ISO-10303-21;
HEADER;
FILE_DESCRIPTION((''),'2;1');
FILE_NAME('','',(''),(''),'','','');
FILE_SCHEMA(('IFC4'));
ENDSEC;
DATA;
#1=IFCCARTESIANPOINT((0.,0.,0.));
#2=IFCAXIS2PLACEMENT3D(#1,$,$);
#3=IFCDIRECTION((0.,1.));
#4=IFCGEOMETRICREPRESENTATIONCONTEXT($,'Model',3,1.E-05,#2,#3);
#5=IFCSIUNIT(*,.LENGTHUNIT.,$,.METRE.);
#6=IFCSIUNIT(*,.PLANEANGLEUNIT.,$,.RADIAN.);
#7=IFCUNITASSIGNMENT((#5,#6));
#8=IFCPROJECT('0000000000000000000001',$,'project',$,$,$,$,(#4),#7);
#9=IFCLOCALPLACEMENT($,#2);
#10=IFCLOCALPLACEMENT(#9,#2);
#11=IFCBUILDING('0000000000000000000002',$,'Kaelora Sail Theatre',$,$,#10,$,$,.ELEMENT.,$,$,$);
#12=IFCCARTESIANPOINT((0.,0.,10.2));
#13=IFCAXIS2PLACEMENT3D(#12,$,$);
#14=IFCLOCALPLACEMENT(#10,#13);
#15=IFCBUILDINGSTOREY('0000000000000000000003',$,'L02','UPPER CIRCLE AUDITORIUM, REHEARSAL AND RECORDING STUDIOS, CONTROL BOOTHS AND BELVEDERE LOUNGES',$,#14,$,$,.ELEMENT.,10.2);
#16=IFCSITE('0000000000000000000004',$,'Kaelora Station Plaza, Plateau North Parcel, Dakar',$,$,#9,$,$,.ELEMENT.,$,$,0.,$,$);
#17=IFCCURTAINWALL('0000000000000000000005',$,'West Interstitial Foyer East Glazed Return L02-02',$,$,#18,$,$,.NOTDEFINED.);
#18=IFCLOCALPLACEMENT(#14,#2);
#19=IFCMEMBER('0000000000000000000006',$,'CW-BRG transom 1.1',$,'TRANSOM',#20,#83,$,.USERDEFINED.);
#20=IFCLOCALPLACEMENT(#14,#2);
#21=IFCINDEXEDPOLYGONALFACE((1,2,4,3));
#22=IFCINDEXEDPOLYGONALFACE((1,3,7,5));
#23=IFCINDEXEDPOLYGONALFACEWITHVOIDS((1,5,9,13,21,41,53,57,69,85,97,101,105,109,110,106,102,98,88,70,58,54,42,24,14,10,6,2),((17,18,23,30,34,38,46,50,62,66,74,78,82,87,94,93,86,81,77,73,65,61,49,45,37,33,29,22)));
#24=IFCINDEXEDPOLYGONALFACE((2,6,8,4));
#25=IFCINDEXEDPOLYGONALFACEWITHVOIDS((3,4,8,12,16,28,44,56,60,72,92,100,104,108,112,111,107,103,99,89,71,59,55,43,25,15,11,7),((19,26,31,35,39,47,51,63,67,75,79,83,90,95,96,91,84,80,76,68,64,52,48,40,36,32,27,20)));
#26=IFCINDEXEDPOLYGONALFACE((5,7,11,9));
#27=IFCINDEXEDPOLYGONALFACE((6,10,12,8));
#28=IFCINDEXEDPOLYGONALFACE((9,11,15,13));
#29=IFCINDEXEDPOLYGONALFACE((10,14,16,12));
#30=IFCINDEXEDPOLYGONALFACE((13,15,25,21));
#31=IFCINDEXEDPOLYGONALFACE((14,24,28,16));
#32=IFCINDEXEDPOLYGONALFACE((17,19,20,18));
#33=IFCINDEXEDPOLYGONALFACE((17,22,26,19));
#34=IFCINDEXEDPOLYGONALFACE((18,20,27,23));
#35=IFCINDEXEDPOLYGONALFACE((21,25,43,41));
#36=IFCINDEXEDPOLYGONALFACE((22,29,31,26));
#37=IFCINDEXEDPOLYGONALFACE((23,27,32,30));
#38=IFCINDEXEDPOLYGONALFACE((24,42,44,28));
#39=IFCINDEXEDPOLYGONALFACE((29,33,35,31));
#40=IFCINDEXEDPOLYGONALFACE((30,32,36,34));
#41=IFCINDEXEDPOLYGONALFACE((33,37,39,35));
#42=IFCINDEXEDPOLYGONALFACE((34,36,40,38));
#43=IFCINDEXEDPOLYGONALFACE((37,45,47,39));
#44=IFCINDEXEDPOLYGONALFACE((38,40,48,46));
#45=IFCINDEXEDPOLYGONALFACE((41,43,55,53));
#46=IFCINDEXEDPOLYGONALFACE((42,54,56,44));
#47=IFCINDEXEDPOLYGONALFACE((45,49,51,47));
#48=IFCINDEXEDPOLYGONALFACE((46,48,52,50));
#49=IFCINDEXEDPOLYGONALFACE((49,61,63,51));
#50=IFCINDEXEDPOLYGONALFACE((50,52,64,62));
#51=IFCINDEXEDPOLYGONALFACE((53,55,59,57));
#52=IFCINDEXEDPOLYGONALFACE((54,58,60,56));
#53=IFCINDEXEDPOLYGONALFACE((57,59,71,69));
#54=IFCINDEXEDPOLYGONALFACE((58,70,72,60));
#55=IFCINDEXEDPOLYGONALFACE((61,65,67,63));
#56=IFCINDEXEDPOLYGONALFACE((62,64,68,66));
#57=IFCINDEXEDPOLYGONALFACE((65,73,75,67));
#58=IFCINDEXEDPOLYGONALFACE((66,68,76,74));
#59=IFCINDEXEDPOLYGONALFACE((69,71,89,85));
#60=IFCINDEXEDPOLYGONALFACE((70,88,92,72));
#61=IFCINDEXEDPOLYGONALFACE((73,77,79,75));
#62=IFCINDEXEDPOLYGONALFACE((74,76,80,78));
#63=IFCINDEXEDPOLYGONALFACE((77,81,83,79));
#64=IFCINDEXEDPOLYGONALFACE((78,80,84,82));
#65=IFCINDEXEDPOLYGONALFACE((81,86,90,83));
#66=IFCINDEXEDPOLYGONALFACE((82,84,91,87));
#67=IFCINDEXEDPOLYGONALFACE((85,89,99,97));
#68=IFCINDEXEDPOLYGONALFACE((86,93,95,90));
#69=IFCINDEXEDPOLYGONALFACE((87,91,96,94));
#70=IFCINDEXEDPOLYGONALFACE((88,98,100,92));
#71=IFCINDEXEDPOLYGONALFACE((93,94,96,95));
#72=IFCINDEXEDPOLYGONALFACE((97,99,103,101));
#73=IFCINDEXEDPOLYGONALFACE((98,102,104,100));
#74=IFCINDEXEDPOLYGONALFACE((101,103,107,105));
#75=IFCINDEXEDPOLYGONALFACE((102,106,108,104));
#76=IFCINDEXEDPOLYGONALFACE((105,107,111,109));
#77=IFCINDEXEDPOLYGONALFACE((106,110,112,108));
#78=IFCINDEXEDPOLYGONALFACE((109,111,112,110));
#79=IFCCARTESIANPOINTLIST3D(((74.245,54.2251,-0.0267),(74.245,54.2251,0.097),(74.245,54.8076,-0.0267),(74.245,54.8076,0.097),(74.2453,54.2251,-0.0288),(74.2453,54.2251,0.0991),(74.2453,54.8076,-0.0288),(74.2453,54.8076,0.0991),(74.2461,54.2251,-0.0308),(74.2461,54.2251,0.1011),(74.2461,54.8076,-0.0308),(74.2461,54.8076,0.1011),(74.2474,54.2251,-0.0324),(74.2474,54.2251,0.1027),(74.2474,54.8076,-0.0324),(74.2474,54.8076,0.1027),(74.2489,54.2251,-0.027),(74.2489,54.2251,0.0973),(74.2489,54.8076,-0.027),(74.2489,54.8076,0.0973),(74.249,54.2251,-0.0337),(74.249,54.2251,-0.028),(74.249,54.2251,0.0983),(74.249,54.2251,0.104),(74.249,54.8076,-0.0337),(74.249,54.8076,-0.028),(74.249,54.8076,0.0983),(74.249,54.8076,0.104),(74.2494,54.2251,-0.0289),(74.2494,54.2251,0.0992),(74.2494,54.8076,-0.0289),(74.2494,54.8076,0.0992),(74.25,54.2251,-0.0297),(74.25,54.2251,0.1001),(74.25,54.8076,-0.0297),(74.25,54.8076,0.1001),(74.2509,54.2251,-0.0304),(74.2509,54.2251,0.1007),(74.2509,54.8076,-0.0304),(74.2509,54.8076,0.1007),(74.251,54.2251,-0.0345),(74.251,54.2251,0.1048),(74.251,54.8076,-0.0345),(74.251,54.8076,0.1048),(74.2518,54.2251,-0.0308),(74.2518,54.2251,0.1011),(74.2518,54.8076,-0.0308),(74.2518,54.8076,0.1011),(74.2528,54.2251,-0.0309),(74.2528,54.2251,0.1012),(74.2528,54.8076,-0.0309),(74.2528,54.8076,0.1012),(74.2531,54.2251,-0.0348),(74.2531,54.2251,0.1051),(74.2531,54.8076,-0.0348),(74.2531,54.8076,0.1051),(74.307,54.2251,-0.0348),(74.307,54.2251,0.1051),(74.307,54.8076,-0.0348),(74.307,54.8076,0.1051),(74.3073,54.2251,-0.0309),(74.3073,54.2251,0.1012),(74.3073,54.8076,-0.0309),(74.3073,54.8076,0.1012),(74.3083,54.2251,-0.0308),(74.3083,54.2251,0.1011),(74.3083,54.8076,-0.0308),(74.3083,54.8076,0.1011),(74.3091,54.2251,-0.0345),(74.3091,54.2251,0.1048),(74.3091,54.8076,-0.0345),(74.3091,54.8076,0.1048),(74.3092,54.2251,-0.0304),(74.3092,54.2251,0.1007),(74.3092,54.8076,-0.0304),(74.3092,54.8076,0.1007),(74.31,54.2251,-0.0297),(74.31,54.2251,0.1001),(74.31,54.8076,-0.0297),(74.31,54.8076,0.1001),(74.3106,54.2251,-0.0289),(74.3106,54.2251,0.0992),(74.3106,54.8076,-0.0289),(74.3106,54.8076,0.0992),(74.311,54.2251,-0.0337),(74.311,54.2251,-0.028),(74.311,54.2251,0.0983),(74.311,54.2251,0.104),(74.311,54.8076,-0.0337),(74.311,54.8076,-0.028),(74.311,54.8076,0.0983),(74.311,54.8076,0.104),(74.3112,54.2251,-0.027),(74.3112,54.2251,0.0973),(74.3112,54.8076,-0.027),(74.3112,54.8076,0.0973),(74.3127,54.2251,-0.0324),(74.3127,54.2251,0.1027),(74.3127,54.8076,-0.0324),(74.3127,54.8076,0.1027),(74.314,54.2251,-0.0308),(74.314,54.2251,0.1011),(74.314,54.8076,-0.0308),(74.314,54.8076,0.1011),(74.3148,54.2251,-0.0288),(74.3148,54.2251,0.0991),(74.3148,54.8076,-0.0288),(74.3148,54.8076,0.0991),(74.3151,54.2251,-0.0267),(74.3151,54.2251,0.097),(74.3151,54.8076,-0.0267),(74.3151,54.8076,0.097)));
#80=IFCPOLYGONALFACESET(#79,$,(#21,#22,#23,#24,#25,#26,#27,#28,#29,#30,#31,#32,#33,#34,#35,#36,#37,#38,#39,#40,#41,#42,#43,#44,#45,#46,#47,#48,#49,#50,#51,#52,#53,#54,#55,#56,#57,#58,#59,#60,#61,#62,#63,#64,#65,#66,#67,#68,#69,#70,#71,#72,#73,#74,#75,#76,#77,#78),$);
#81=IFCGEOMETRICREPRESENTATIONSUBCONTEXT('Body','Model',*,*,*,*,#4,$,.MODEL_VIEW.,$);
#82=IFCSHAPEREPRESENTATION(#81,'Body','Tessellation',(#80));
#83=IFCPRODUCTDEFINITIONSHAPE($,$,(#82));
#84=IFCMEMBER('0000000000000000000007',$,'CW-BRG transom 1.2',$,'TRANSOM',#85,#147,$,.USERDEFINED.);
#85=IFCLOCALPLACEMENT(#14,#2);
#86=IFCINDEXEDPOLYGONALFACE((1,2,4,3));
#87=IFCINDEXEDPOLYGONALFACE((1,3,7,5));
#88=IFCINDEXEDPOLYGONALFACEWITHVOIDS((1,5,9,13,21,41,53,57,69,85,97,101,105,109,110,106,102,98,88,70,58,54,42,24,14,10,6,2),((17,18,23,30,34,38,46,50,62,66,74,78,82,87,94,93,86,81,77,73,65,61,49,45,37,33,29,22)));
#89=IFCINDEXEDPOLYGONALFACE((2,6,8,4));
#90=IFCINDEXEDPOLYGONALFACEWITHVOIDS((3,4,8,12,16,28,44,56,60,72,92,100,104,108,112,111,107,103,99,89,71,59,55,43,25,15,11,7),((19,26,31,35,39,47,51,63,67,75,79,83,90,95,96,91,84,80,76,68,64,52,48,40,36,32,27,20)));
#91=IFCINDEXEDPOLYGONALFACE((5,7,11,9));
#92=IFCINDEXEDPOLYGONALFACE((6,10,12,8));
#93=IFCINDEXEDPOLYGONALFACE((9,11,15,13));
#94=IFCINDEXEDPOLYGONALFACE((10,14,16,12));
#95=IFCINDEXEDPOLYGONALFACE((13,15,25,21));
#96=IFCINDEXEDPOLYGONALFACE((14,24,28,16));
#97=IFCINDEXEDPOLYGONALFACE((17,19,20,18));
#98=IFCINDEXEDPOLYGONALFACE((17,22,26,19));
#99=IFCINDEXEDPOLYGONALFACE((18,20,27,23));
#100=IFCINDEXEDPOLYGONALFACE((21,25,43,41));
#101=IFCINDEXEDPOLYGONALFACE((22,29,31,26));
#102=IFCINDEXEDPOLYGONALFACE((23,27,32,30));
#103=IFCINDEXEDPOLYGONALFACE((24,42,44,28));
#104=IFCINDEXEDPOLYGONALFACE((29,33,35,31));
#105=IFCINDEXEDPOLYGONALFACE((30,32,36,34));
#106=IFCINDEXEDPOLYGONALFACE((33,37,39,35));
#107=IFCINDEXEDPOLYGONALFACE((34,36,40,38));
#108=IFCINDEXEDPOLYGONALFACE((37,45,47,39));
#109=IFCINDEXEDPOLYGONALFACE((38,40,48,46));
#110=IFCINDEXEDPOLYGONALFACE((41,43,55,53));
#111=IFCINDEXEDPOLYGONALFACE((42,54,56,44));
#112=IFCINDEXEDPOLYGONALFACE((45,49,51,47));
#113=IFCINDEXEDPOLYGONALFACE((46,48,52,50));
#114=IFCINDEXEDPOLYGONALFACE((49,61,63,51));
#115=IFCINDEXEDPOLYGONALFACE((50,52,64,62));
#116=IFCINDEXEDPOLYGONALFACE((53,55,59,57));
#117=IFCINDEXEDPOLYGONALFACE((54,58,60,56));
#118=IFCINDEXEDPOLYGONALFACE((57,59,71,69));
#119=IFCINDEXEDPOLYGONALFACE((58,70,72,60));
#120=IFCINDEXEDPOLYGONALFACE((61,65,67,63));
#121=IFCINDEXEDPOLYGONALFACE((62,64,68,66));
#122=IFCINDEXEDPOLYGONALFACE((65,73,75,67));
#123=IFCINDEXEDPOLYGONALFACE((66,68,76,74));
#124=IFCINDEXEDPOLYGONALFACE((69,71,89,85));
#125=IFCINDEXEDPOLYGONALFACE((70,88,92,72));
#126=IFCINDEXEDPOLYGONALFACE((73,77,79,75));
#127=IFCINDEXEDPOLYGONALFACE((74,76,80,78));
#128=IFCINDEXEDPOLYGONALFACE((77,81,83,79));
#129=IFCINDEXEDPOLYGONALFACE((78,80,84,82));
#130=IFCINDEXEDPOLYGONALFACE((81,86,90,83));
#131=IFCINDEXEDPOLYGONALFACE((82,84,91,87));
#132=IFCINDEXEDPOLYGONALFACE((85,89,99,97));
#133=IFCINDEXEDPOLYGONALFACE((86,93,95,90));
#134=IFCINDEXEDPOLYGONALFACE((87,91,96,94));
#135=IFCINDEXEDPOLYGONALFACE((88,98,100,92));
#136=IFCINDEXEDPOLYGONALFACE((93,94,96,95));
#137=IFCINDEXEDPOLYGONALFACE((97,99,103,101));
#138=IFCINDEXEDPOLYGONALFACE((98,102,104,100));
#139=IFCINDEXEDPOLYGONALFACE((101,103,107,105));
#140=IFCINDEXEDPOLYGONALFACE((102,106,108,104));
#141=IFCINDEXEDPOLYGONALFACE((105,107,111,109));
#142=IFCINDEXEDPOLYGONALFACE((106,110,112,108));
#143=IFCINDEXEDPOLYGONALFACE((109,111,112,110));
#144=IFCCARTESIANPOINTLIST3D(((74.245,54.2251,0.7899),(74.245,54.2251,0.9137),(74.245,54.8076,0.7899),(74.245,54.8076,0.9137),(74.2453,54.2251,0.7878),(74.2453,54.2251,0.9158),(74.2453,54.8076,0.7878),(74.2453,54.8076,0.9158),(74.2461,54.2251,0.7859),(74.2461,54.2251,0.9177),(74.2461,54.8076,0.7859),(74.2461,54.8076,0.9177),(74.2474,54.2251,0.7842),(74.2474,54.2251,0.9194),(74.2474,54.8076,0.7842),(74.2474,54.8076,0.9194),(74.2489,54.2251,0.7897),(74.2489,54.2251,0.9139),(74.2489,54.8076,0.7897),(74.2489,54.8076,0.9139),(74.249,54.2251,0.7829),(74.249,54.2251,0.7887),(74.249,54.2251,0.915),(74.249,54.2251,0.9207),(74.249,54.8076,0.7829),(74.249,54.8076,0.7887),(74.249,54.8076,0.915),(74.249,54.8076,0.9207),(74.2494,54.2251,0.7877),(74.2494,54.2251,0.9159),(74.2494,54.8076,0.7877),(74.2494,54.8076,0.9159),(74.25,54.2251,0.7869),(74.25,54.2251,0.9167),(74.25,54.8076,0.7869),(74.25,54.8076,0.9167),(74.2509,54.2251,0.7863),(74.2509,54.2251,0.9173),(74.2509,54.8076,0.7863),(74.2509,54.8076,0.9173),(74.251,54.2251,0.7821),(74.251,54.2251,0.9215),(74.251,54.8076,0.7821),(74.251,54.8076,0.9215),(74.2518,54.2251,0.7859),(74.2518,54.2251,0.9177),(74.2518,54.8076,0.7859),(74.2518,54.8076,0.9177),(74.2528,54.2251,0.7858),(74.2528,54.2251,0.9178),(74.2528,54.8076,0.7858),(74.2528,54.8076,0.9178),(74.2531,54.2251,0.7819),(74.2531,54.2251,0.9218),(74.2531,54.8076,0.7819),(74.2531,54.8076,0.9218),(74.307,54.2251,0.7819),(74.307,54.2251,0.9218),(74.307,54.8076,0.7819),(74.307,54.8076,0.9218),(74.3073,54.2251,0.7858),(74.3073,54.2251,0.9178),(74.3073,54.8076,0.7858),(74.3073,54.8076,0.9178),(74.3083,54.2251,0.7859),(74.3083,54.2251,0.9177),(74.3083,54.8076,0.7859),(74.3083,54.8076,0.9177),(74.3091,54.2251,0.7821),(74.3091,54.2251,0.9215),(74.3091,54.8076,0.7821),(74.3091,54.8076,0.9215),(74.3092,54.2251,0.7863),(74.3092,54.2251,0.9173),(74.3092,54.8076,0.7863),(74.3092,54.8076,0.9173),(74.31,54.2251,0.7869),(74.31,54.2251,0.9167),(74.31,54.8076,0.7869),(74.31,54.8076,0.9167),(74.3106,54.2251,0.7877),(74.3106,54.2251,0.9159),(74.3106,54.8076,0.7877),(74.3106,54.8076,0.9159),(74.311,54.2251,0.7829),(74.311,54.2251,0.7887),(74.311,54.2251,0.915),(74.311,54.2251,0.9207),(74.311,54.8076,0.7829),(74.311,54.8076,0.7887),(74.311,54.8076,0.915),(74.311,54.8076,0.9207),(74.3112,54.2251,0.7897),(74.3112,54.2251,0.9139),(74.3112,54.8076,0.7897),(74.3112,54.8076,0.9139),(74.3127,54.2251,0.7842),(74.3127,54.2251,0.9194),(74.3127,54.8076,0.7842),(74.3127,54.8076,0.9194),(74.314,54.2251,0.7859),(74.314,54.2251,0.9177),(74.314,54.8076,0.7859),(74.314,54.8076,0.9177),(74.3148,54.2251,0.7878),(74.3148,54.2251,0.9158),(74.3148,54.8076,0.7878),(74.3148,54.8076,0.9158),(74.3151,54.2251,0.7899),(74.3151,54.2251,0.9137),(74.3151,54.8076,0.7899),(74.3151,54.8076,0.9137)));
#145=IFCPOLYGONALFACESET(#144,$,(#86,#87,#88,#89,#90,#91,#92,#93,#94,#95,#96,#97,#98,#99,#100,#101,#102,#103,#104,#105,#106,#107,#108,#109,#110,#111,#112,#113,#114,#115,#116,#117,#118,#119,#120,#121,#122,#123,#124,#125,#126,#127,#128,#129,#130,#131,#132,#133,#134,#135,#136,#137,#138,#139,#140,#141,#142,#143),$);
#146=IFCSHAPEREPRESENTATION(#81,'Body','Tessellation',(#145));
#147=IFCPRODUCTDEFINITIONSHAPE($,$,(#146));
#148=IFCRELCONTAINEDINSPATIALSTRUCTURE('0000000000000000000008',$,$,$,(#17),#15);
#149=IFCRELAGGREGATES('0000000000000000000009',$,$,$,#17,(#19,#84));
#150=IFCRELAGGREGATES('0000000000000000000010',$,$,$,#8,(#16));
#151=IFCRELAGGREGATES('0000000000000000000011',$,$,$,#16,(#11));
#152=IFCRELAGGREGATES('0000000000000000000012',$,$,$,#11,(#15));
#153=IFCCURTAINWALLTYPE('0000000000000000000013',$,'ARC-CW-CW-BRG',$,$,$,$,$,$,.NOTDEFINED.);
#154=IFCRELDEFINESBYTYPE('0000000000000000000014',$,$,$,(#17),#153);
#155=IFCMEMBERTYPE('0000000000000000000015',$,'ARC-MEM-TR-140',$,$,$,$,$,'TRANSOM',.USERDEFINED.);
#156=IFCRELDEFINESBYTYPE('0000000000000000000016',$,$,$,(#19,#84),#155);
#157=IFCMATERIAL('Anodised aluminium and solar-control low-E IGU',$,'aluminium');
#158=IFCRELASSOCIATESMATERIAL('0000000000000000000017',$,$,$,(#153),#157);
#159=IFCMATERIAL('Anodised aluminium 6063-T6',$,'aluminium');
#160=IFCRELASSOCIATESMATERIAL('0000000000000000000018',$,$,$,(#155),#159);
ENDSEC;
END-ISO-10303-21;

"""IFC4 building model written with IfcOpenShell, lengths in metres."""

from ifc_helpers import new_model, si_unit, direction, frame, origin, origin_2d, place, context, subcontext, project, spatial, hollow_rectangle, extrude, material, material_profile, profile_set, type_object, element, aggregate, save


model = new_model("IFC4")

# Units and contexts
model_context = context("Model", 3, precision=1e-05, world=origin(), true_north=direction((0.0, 1.0)))
body_context = subcontext(model_context, "Body", "Model", "MODEL_VIEW")
ifc_project = project(units=[si_unit("LENGTHUNIT", "METRE"), si_unit("PLANEANGLEUNIT", "RADIAN")], contexts=[model_context])

# Site, building, storey
site_placement = place(None, origin())
site = spatial("IfcSite", under=ifc_project, at=site_placement, Name="Kaelora Station Plaza, Plateau North Parcel, Dakar", CompositionType="ELEMENT", RefElevation=0.0)
building_placement = place(site_placement, origin())
building = spatial("IfcBuilding", under=site, at=building_placement, Name="Kaelora Sail Theatre", CompositionType="ELEMENT")
storey_placement = place(building_placement, frame((0.0, 0.0, 10.2)))
storey = spatial("IfcBuildingStorey", under=building, at=storey_placement, Name="L02", Description="UPPER CIRCLE AUDITORIUM, REHEARSAL AND RECORDING STUDIOS, CONTROL BOOTHS AND BELVEDERE LOUNGES", CompositionType="ELEMENT", Elevation=10.2)

# Curtain wall
ifc_material_1 = material(Name="Anodised aluminium and solar-control low-E IGU", Category="aluminium")
curtain_wall_type = type_object("IfcCurtainWallType", Name="ARC-CW-CW-BRG", PredefinedType="NOTDEFINED", material=ifc_material_1)
curtain_wall_1_placement = place(storey_placement, origin())
curtain_wall_1 = element("IfcCurtainWall", 1, at=curtain_wall_1_placement, inside=storey, type_object=curtain_wall_type, Name="West Interstitial Foyer East Glazed Return L02-02", PredefinedType="NOTDEFINED")

# Members
ifc_material_2 = material(Name="Anodised aluminium 6063-T6", Category="aluminium")
ifc_material_profile_1 = material_profile(ifc_material_2, hollow_rectangle(XDim=0.0701, YDim=0.1399, WallThickness=0.0039, InnerFilletRadius=0.0039, OuterFilletRadius=0.0081, at=origin_2d()), Name="ALU-TRAN 70x140x4")
ifc_profile_set_1 = profile_set([ifc_material_profile_1], Name="Anodised aluminium 6063-T6")
member_type_1 = type_object("IfcMemberType", Name="ARC-MEM-TR-140", ElementType="TRANSOM", PredefinedType="USERDEFINED", material=ifc_profile_set_1)
member_1_placement = place(storey_placement, frame((74.28, 54.2251, 0.0352), z_axis=(0.0, 1.0, 0.0), x_axis=(-1.0, 0.0, 0.0)))
member_1 = element("IfcMember", 2, at=member_1_placement, type_object=member_type_1, Name="CW-BRG transom 1.1", ObjectType="TRANSOM", PredefinedType="USERDEFINED", context=body_context, shape_type="SweptSolid", body=[
    extrude(hollow_rectangle(XDim=0.0701, YDim=0.1399, WallThickness=0.0039, InnerFilletRadius=0.0039, OuterFilletRadius=0.0081, at=origin_2d()), origin(), (0.0, 0.0, 1.0), 0.5825),
])
member_2_placement = place(storey_placement, frame((74.28, 54.2251, 0.8518), z_axis=(0.0, 1.0, 0.0), x_axis=(-1.0, 0.0, 0.0)))
member_2 = element("IfcMember", 3, at=member_2_placement, type_object=member_type_1, Name="CW-BRG transom 1.2", ObjectType="TRANSOM", PredefinedType="USERDEFINED", context=body_context, shape_type="SweptSolid", body=[
    extrude(hollow_rectangle(XDim=0.0701, YDim=0.1399, WallThickness=0.0039, InnerFilletRadius=0.0039, OuterFilletRadius=0.0081, at=origin_2d()), origin(), (0.0, 0.0, 1.0), 0.5825),
])

aggregate(curtain_wall_1, [member_1, member_2])

save(model, "model.ifc")
